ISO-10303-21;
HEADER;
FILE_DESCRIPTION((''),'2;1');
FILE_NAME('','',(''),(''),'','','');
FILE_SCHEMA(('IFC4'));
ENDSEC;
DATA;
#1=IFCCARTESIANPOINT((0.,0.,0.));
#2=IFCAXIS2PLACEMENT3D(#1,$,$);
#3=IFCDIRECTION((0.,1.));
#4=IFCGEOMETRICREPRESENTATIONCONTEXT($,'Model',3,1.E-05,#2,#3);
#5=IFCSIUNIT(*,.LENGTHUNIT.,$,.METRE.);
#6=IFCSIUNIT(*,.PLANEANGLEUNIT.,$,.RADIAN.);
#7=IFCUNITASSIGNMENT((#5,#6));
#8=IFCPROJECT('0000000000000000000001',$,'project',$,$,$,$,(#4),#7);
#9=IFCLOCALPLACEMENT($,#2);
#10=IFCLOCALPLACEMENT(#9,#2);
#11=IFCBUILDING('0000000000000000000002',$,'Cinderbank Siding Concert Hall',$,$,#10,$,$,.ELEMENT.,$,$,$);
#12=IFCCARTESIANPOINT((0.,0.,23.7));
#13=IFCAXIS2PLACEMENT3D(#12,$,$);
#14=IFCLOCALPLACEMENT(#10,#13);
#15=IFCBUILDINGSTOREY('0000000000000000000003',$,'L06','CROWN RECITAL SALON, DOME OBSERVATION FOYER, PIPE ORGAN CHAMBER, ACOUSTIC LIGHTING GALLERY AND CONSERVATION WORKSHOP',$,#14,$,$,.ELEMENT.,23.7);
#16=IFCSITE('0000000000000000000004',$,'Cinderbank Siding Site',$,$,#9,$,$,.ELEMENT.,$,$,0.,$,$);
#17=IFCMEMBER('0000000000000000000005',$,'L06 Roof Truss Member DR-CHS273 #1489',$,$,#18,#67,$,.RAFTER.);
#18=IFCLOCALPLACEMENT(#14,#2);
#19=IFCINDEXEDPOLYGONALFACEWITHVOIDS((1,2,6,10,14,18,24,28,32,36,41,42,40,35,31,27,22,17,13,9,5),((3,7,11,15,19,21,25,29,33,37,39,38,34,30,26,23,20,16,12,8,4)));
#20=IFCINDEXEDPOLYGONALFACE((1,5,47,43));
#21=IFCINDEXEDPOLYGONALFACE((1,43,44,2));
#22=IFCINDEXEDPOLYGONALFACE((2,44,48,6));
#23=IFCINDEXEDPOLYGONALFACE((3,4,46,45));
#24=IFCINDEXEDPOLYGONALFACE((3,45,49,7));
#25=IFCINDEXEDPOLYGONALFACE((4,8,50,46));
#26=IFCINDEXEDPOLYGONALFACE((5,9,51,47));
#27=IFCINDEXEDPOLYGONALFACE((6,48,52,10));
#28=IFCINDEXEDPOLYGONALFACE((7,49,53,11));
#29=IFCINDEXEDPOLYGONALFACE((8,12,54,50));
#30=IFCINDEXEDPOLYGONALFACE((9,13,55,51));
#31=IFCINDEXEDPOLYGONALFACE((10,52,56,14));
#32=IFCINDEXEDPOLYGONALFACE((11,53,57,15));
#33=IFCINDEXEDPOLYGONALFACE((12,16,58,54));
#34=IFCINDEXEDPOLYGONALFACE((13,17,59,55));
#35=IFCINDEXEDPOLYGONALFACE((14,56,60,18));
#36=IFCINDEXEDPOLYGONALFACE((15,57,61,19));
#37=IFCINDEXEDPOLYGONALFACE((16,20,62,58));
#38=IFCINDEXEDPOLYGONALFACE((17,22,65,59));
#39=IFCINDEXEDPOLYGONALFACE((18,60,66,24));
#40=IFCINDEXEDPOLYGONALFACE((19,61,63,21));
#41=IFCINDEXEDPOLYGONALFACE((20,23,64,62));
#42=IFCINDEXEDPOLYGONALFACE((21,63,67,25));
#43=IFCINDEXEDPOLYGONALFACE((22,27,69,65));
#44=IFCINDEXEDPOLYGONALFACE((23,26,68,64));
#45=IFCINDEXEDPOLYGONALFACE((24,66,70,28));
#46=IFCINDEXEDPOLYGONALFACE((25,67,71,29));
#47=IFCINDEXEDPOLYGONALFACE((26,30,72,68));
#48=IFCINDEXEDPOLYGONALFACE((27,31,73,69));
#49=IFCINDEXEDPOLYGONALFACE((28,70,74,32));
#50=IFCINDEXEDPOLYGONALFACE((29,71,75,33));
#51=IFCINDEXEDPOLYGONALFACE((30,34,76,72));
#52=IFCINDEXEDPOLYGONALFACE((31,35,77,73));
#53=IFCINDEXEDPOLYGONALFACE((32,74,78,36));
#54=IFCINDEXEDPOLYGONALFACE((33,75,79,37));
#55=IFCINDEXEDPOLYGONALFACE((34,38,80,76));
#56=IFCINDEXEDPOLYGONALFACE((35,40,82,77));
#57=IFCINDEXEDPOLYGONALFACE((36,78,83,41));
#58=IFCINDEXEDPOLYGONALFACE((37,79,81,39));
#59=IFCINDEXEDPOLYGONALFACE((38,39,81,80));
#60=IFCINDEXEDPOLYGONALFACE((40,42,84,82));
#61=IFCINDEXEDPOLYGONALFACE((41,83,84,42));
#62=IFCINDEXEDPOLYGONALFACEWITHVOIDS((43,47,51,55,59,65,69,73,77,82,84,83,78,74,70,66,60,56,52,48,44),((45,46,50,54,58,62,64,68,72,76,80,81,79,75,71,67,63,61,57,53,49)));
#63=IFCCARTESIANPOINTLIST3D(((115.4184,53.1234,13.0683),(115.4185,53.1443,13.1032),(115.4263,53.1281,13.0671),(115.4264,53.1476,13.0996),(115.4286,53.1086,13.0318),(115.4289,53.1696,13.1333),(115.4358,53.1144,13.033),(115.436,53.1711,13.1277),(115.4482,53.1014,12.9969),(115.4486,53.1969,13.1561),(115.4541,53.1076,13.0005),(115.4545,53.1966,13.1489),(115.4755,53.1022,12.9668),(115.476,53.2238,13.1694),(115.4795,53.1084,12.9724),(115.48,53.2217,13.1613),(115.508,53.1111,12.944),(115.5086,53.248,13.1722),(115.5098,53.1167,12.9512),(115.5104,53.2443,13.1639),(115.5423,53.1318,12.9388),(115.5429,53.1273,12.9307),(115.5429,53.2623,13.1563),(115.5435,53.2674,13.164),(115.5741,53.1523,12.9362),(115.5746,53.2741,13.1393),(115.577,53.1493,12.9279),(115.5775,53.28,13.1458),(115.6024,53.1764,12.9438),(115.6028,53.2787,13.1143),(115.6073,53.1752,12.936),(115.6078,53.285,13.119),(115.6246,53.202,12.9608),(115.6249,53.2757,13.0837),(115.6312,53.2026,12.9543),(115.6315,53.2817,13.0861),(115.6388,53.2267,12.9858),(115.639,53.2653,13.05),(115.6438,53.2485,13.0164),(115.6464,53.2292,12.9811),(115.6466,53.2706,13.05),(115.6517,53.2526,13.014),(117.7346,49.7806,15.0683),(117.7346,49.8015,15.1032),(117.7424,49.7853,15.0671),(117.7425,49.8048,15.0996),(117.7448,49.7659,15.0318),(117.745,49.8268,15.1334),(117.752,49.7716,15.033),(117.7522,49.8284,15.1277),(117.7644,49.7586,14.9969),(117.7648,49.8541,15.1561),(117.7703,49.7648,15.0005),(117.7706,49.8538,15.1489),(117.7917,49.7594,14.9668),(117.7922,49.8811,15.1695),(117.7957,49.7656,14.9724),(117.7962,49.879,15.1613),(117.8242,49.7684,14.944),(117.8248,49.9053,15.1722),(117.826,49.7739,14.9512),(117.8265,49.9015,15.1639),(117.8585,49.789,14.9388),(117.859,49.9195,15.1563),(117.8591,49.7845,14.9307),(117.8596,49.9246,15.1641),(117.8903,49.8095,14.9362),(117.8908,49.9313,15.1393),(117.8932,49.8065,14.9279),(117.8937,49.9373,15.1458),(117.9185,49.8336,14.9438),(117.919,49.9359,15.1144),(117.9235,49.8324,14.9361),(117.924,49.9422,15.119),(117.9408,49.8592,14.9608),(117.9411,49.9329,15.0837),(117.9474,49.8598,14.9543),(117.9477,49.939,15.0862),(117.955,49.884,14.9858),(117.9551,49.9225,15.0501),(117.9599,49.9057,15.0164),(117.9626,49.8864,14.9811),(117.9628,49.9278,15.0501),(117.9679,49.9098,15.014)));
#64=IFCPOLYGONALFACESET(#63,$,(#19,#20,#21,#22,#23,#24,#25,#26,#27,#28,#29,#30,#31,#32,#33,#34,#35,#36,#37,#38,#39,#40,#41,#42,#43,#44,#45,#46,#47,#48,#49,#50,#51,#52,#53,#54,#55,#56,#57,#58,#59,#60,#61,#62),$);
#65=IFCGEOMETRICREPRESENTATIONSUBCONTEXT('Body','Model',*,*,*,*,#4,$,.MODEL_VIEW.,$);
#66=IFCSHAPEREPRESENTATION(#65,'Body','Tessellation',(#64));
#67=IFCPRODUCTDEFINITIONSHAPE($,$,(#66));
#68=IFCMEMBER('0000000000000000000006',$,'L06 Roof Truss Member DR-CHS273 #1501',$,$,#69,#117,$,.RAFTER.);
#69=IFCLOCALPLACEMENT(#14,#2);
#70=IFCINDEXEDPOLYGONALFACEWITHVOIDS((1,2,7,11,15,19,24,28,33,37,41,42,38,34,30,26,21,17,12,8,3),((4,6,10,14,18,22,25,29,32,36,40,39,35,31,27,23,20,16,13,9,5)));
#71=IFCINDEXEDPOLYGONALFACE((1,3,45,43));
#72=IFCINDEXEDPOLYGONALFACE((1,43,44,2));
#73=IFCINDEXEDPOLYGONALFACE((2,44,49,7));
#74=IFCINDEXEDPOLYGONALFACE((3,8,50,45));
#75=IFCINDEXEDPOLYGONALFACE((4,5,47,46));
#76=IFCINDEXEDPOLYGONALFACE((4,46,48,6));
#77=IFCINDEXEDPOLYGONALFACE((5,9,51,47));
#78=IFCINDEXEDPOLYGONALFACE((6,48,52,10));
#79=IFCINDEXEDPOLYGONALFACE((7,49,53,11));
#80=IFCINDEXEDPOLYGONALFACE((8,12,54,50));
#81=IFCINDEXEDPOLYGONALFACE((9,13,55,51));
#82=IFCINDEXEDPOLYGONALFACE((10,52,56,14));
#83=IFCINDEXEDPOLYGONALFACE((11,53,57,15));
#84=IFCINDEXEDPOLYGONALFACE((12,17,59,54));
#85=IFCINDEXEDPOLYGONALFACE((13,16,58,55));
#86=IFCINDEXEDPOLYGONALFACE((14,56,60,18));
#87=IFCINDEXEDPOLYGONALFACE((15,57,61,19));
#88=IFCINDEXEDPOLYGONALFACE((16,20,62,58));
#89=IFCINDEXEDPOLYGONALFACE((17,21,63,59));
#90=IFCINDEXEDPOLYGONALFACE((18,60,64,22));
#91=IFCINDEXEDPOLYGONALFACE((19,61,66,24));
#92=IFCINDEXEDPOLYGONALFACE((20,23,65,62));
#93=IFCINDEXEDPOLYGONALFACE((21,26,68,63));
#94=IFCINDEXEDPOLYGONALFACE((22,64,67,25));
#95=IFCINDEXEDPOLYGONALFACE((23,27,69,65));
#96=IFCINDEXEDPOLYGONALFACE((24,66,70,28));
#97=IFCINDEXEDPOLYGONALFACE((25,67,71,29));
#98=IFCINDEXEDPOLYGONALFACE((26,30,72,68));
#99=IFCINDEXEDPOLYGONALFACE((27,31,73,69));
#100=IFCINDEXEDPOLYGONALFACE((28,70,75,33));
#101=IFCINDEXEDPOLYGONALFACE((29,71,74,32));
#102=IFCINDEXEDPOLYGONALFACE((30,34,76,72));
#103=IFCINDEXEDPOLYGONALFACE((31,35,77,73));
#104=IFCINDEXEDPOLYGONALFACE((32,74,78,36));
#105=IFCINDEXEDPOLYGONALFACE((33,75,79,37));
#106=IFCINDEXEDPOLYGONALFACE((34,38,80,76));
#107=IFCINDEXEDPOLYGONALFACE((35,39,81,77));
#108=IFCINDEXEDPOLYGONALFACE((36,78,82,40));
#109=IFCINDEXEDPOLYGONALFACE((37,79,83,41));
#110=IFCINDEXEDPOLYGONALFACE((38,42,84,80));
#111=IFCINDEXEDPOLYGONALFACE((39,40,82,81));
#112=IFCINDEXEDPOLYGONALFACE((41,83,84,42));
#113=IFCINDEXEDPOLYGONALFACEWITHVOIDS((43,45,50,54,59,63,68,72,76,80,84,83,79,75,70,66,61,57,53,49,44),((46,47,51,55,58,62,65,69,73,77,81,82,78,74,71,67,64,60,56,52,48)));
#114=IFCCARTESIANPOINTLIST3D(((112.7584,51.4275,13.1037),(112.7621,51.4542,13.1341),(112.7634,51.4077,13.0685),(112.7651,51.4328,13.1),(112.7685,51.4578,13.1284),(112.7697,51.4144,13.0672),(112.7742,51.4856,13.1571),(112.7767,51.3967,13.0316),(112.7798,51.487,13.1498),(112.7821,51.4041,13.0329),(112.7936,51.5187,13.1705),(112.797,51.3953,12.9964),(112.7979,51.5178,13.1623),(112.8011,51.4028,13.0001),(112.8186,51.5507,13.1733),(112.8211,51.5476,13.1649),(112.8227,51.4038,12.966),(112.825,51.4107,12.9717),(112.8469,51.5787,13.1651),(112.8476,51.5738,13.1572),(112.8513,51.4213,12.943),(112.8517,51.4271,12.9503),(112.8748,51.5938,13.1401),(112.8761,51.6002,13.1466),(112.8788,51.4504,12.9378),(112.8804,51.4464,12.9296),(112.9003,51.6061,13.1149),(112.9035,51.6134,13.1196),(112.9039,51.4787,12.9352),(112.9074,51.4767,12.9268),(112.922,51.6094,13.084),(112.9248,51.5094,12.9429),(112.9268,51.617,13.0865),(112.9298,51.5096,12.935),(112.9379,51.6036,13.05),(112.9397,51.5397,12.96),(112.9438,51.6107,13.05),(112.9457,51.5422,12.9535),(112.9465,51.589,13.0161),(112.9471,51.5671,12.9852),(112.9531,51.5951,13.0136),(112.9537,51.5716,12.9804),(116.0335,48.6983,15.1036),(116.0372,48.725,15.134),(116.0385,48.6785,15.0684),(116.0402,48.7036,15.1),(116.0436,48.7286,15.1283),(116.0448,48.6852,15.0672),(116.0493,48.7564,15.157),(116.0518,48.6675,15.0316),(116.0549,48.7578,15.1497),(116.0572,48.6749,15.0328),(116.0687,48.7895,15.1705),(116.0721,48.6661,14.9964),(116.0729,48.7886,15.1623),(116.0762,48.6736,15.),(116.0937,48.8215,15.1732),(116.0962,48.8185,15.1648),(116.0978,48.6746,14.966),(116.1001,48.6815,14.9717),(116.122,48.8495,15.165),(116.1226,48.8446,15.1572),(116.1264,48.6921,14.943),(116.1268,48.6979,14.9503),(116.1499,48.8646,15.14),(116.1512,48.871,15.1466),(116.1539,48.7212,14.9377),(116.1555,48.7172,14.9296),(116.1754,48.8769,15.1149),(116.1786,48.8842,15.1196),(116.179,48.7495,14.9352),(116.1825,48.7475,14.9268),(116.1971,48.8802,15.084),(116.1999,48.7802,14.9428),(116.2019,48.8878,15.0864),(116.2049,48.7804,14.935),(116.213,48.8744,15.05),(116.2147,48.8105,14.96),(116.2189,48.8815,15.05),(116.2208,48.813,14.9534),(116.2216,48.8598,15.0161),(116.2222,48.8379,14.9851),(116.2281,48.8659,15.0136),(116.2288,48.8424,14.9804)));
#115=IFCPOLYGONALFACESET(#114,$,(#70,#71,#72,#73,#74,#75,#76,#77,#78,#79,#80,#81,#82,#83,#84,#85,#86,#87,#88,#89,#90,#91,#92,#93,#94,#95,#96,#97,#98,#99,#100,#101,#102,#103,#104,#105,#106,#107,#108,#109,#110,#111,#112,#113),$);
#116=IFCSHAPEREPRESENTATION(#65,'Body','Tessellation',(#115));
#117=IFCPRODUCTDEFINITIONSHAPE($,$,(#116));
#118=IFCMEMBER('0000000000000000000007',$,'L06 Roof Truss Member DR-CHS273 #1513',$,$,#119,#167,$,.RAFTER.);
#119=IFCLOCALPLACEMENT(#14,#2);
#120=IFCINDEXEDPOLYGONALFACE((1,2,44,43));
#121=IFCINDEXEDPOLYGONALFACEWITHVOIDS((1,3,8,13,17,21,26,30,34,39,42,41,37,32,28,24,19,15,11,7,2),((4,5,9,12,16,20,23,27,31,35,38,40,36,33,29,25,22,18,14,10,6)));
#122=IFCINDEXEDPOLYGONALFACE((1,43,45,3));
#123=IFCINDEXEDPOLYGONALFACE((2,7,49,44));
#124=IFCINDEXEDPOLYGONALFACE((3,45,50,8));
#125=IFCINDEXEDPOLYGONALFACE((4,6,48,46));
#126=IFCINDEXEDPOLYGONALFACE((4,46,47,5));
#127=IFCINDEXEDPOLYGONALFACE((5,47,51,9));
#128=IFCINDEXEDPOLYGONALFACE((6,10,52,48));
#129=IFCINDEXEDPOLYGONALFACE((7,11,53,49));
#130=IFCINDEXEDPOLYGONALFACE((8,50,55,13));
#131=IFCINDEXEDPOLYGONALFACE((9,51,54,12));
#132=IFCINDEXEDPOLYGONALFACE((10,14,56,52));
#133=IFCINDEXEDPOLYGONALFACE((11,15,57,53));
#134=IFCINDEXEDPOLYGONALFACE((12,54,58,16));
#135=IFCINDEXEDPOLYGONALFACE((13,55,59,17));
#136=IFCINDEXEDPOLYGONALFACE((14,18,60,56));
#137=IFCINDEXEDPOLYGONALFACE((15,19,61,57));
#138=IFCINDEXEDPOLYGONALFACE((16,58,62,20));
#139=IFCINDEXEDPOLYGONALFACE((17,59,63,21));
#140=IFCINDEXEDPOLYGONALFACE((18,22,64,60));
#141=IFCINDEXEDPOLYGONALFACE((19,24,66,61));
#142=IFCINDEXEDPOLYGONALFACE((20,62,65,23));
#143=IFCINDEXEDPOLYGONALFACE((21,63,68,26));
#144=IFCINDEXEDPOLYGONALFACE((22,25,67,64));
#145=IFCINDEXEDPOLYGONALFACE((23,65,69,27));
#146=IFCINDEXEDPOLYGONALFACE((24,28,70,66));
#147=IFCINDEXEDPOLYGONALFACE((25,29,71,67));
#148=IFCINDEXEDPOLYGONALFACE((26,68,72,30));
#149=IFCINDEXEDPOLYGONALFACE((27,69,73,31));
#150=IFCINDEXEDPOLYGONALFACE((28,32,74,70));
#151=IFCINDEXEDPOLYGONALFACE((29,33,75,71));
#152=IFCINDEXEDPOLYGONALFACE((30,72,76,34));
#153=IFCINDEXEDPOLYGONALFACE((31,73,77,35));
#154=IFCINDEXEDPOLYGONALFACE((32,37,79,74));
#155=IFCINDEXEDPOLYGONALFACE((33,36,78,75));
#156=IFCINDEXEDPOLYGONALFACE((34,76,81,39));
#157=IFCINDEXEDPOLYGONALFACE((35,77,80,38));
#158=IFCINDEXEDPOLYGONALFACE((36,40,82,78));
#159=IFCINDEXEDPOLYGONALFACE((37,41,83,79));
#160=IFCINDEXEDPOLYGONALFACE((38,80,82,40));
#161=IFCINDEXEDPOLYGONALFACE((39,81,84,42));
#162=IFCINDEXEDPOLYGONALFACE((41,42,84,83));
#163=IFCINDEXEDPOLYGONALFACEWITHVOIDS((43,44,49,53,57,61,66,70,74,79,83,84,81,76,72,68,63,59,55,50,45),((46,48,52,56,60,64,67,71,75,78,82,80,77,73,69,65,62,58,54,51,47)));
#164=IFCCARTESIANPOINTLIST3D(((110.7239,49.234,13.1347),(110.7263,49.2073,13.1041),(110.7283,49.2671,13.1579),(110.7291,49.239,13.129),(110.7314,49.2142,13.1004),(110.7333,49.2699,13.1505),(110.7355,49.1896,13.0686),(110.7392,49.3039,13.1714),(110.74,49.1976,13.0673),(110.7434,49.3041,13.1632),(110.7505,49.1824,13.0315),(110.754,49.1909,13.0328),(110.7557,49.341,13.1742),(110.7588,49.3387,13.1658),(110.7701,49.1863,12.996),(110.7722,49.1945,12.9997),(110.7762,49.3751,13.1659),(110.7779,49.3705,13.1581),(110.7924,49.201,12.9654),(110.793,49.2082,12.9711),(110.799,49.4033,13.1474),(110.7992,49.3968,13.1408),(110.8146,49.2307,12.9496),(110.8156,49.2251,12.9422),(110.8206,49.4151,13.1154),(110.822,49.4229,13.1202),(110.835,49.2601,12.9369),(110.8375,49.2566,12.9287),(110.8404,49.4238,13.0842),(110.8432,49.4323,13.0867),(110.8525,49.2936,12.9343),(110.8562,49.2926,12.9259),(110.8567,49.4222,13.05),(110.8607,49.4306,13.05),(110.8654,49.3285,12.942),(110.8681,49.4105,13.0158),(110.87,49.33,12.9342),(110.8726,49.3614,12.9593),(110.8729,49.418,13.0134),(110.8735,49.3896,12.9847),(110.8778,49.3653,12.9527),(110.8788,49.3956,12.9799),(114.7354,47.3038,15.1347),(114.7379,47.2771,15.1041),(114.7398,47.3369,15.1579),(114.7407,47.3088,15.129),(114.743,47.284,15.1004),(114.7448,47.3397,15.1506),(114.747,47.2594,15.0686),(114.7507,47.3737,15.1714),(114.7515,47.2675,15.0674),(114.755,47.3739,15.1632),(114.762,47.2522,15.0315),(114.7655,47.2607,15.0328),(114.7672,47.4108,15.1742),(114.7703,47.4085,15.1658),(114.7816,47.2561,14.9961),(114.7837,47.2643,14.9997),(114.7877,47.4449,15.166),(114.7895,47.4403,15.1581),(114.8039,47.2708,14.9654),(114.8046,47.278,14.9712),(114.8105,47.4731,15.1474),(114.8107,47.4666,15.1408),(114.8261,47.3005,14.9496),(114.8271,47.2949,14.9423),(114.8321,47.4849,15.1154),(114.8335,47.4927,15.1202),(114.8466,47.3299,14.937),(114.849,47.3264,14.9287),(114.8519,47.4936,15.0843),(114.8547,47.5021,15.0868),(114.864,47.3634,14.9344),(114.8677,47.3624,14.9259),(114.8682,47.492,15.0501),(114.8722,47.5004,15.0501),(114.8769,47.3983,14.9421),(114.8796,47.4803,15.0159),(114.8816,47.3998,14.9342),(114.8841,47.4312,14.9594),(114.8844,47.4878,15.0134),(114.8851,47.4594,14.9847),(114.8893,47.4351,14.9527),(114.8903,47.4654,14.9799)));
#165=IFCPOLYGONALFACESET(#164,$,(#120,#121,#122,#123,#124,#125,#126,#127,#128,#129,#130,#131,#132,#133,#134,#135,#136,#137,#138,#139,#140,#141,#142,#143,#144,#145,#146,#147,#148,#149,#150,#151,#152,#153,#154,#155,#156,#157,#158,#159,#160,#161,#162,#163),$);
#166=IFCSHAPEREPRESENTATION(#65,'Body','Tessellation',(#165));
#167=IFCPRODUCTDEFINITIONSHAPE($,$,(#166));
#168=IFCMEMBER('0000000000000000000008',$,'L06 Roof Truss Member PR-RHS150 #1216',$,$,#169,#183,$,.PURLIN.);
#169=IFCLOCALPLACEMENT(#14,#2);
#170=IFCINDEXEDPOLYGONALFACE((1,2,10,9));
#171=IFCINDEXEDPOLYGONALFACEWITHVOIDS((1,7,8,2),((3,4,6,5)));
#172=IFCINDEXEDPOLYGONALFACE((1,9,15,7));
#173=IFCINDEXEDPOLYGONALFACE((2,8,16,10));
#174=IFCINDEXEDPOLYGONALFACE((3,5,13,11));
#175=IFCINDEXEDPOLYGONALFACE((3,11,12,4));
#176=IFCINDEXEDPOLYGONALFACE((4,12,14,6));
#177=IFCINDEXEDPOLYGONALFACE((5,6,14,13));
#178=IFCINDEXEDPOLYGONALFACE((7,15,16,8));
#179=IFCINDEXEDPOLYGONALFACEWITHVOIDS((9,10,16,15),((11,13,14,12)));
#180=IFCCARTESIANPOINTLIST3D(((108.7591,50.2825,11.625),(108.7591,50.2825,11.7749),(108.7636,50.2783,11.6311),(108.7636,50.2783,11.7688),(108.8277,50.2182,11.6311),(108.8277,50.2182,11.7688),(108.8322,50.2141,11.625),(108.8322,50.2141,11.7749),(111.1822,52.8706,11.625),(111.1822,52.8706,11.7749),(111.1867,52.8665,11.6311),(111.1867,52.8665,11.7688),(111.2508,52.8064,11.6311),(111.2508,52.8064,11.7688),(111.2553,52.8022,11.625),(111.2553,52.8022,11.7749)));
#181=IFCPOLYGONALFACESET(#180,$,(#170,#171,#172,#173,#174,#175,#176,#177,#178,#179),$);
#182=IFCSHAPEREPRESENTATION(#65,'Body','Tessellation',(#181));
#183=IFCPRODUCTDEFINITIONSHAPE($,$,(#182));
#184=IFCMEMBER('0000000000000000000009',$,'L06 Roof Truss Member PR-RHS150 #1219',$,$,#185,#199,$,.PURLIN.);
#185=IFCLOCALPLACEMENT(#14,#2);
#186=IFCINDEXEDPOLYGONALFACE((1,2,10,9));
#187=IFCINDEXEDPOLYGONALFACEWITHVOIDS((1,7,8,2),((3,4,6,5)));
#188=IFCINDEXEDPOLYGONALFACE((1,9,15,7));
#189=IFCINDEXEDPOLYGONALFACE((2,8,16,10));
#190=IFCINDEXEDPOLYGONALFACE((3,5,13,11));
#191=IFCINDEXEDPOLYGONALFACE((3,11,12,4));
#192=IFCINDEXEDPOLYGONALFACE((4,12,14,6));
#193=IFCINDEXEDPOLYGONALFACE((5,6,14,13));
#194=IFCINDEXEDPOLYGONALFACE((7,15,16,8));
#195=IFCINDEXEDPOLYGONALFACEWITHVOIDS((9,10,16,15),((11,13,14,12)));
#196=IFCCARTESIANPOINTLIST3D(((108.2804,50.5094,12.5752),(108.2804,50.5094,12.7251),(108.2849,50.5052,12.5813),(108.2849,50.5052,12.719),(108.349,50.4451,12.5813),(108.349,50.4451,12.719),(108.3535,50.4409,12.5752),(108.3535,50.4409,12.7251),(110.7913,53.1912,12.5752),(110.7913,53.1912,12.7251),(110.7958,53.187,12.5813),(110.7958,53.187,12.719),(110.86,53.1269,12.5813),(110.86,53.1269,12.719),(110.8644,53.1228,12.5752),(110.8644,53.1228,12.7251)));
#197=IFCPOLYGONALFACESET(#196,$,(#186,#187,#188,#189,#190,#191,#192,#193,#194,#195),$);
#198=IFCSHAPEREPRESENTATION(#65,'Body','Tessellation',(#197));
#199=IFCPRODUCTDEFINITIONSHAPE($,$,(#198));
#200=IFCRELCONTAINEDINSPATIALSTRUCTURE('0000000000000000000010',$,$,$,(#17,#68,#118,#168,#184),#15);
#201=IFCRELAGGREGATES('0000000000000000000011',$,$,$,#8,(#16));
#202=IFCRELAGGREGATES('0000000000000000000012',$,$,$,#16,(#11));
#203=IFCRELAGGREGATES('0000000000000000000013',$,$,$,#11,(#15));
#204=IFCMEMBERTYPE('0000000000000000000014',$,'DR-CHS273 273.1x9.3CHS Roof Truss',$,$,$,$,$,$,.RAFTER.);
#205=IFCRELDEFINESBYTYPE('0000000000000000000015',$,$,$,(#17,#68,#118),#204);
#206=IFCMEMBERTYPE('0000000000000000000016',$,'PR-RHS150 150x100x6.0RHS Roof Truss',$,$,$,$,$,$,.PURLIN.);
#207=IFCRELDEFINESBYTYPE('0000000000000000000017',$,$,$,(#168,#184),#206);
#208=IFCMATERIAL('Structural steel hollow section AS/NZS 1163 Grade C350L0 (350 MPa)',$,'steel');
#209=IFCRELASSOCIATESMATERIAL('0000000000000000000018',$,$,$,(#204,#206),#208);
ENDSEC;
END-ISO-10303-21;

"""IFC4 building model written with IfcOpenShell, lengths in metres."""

from ifc_helpers import new_model, si_unit, direction, frame, origin, origin_2d, place, context, subcontext, project, spatial, hollow_rectangle, hollow_circle, extrude, material, material_profile, profile_set, type_object, element, save


model = new_model("IFC4")

# Units and contexts
model_context = context("Model", 3, precision=1e-05, world=origin(), true_north=direction((0.0, 1.0)))
body_context = subcontext(model_context, "Body", "Model", "MODEL_VIEW")
ifc_project = project(units=[si_unit("LENGTHUNIT", "METRE"), si_unit("PLANEANGLEUNIT", "RADIAN")], contexts=[model_context])

# Site, building, storey
site_placement = place(None, origin())
site = spatial("IfcSite", under=ifc_project, at=site_placement, Name="Cinderbank Siding Site", CompositionType="ELEMENT", RefElevation=0.0)
building_placement = place(site_placement, origin())
building = spatial("IfcBuilding", under=site, at=building_placement, Name="Cinderbank Siding Concert Hall", CompositionType="ELEMENT")
storey_placement = place(building_placement, frame((0.0, 0.0, 23.7)))
storey = spatial("IfcBuildingStorey", under=building, at=storey_placement, Name="L06", Description="CROWN RECITAL SALON, DOME OBSERVATION FOYER, PIPE ORGAN CHAMBER, ACOUSTIC LIGHTING GALLERY AND CONSERVATION WORKSHOP", CompositionType="ELEMENT", Elevation=23.7)

# Members
ifc_material_1 = material(Name="Structural steel hollow section AS/NZS 1163 Grade C350L0 (350 MPa)", Category="steel")
ifc_material_profile_1 = material_profile(ifc_material_1, hollow_circle(Radius=0.1365, WallThickness=0.0093, at=origin_2d()), Name="273.1x9.3CHS", Category="LoadBearing")
ifc_profile_set_1 = profile_set([ifc_material_profile_1], Name="Structural steel hollow section AS/NZS 1163 Grade C350L0 (350 MPa)")
member_type_1 = type_object("IfcMemberType", Name="DR-CHS273 273.1x9.3CHS Roof Truss", PredefinedType="RAFTER", material=ifc_profile_set_1)
member_1_placement = place(storey_placement, frame((115.5344, 53.1929, 13.05), z_axis=(0.511072, -0.737599, 0.441309), x_axis=(0.82197, 0.569531, 0.0)))
element("IfcMember", 1, at=member_1_placement, inside=storey, type_object=member_type_1, Name="L06 Roof Truss Member DR-CHS273 #1489", PredefinedType="RAFTER", context=body_context, shape_type="SweptSolid", body=[
    extrude(hollow_circle(Radius=0.1365, WallThickness=0.0093, at=origin_2d()), origin(), (0.0, 0.0, 1.0), 4.532),
])
member_2_placement = place(storey_placement, frame((112.8564, 51.5059, 13.05), z_axis=(0.695497, -0.579572, 0.424712), x_axis=(0.640179, 0.768226, 0.0)))
element("IfcMember", 2, at=member_2_placement, inside=storey, type_object=member_type_1, Name="L06 Roof Truss Member DR-CHS273 #1501", PredefinedType="RAFTER", context=body_context, shape_type="SweptSolid", body=[
    extrude(hollow_circle(Radius=0.1365, WallThickness=0.0093, at=origin_2d()), origin(), (0.0, 0.0, 1.0), 4.709),
])
member_3_placement = place(storey_placement, frame((110.8015, 49.3076, 13.05), z_axis=(0.82197, -0.395502, 0.409809), x_axis=(0.433583, 0.901114, 0.0)))
element("IfcMember", 3, at=member_3_placement, inside=storey, type_object=member_type_1, Name="L06 Roof Truss Member DR-CHS273 #1513", PredefinedType="RAFTER", context=body_context, shape_type="SweptSolid", body=[
    extrude(hollow_circle(Radius=0.1365, WallThickness=0.0093, at=origin_2d()), origin(), (0.0, 0.0, 1.0), 4.8804),
])
ifc_material_profile_2 = material_profile(ifc_material_1, hollow_rectangle(XDim=0.1001, YDim=0.1499, WallThickness=0.0061, at=origin_2d()), Name="150x100x6.0RHS", Category="LoadBearing")
ifc_profile_set_2 = profile_set([ifc_material_profile_2], Name="Structural steel hollow section AS/NZS 1163 Grade C350L0 (350 MPa)")
member_type_2 = type_object("IfcMemberType", Name="PR-RHS150 150x100x6.0RHS Roof Truss", PredefinedType="PURLIN", material=ifc_profile_set_2)
member_4_placement = place(storey_placement, frame((111.2188, 52.8364, 11.7), z_axis=(-0.683448, -0.729999, 0.0), x_axis=(0.729999, -0.683448, 0.0)))
element("IfcMember", 4, at=member_4_placement, inside=storey, type_object=member_type_2, Name="L06 Roof Truss Member PR-RHS150 #1216", PredefinedType="PURLIN", context=body_context, shape_type="SweptSolid", body=[
    extrude(hollow_rectangle(XDim=0.1001, YDim=0.1499, WallThickness=0.0061, at=origin_2d()), origin(), (0.0, 0.0, 1.0), 3.5454),
])
member_5_placement = place(storey_placement, frame((110.8279, 53.157, 12.6501), z_axis=(-0.683466, -0.729983, 0.0), x_axis=(0.729983, -0.683466, 0.0)))
element("IfcMember", 5, at=member_5_placement, inside=storey, type_object=member_type_2, Name="L06 Roof Truss Member PR-RHS150 #1219", PredefinedType="PURLIN", context=body_context, shape_type="SweptSolid", body=[
    extrude(hollow_rectangle(XDim=0.1001, YDim=0.1499, WallThickness=0.0061, at=origin_2d()), origin(), (0.0, 0.0, 1.0), 3.6738),
])

save(model, "model.ifc")
